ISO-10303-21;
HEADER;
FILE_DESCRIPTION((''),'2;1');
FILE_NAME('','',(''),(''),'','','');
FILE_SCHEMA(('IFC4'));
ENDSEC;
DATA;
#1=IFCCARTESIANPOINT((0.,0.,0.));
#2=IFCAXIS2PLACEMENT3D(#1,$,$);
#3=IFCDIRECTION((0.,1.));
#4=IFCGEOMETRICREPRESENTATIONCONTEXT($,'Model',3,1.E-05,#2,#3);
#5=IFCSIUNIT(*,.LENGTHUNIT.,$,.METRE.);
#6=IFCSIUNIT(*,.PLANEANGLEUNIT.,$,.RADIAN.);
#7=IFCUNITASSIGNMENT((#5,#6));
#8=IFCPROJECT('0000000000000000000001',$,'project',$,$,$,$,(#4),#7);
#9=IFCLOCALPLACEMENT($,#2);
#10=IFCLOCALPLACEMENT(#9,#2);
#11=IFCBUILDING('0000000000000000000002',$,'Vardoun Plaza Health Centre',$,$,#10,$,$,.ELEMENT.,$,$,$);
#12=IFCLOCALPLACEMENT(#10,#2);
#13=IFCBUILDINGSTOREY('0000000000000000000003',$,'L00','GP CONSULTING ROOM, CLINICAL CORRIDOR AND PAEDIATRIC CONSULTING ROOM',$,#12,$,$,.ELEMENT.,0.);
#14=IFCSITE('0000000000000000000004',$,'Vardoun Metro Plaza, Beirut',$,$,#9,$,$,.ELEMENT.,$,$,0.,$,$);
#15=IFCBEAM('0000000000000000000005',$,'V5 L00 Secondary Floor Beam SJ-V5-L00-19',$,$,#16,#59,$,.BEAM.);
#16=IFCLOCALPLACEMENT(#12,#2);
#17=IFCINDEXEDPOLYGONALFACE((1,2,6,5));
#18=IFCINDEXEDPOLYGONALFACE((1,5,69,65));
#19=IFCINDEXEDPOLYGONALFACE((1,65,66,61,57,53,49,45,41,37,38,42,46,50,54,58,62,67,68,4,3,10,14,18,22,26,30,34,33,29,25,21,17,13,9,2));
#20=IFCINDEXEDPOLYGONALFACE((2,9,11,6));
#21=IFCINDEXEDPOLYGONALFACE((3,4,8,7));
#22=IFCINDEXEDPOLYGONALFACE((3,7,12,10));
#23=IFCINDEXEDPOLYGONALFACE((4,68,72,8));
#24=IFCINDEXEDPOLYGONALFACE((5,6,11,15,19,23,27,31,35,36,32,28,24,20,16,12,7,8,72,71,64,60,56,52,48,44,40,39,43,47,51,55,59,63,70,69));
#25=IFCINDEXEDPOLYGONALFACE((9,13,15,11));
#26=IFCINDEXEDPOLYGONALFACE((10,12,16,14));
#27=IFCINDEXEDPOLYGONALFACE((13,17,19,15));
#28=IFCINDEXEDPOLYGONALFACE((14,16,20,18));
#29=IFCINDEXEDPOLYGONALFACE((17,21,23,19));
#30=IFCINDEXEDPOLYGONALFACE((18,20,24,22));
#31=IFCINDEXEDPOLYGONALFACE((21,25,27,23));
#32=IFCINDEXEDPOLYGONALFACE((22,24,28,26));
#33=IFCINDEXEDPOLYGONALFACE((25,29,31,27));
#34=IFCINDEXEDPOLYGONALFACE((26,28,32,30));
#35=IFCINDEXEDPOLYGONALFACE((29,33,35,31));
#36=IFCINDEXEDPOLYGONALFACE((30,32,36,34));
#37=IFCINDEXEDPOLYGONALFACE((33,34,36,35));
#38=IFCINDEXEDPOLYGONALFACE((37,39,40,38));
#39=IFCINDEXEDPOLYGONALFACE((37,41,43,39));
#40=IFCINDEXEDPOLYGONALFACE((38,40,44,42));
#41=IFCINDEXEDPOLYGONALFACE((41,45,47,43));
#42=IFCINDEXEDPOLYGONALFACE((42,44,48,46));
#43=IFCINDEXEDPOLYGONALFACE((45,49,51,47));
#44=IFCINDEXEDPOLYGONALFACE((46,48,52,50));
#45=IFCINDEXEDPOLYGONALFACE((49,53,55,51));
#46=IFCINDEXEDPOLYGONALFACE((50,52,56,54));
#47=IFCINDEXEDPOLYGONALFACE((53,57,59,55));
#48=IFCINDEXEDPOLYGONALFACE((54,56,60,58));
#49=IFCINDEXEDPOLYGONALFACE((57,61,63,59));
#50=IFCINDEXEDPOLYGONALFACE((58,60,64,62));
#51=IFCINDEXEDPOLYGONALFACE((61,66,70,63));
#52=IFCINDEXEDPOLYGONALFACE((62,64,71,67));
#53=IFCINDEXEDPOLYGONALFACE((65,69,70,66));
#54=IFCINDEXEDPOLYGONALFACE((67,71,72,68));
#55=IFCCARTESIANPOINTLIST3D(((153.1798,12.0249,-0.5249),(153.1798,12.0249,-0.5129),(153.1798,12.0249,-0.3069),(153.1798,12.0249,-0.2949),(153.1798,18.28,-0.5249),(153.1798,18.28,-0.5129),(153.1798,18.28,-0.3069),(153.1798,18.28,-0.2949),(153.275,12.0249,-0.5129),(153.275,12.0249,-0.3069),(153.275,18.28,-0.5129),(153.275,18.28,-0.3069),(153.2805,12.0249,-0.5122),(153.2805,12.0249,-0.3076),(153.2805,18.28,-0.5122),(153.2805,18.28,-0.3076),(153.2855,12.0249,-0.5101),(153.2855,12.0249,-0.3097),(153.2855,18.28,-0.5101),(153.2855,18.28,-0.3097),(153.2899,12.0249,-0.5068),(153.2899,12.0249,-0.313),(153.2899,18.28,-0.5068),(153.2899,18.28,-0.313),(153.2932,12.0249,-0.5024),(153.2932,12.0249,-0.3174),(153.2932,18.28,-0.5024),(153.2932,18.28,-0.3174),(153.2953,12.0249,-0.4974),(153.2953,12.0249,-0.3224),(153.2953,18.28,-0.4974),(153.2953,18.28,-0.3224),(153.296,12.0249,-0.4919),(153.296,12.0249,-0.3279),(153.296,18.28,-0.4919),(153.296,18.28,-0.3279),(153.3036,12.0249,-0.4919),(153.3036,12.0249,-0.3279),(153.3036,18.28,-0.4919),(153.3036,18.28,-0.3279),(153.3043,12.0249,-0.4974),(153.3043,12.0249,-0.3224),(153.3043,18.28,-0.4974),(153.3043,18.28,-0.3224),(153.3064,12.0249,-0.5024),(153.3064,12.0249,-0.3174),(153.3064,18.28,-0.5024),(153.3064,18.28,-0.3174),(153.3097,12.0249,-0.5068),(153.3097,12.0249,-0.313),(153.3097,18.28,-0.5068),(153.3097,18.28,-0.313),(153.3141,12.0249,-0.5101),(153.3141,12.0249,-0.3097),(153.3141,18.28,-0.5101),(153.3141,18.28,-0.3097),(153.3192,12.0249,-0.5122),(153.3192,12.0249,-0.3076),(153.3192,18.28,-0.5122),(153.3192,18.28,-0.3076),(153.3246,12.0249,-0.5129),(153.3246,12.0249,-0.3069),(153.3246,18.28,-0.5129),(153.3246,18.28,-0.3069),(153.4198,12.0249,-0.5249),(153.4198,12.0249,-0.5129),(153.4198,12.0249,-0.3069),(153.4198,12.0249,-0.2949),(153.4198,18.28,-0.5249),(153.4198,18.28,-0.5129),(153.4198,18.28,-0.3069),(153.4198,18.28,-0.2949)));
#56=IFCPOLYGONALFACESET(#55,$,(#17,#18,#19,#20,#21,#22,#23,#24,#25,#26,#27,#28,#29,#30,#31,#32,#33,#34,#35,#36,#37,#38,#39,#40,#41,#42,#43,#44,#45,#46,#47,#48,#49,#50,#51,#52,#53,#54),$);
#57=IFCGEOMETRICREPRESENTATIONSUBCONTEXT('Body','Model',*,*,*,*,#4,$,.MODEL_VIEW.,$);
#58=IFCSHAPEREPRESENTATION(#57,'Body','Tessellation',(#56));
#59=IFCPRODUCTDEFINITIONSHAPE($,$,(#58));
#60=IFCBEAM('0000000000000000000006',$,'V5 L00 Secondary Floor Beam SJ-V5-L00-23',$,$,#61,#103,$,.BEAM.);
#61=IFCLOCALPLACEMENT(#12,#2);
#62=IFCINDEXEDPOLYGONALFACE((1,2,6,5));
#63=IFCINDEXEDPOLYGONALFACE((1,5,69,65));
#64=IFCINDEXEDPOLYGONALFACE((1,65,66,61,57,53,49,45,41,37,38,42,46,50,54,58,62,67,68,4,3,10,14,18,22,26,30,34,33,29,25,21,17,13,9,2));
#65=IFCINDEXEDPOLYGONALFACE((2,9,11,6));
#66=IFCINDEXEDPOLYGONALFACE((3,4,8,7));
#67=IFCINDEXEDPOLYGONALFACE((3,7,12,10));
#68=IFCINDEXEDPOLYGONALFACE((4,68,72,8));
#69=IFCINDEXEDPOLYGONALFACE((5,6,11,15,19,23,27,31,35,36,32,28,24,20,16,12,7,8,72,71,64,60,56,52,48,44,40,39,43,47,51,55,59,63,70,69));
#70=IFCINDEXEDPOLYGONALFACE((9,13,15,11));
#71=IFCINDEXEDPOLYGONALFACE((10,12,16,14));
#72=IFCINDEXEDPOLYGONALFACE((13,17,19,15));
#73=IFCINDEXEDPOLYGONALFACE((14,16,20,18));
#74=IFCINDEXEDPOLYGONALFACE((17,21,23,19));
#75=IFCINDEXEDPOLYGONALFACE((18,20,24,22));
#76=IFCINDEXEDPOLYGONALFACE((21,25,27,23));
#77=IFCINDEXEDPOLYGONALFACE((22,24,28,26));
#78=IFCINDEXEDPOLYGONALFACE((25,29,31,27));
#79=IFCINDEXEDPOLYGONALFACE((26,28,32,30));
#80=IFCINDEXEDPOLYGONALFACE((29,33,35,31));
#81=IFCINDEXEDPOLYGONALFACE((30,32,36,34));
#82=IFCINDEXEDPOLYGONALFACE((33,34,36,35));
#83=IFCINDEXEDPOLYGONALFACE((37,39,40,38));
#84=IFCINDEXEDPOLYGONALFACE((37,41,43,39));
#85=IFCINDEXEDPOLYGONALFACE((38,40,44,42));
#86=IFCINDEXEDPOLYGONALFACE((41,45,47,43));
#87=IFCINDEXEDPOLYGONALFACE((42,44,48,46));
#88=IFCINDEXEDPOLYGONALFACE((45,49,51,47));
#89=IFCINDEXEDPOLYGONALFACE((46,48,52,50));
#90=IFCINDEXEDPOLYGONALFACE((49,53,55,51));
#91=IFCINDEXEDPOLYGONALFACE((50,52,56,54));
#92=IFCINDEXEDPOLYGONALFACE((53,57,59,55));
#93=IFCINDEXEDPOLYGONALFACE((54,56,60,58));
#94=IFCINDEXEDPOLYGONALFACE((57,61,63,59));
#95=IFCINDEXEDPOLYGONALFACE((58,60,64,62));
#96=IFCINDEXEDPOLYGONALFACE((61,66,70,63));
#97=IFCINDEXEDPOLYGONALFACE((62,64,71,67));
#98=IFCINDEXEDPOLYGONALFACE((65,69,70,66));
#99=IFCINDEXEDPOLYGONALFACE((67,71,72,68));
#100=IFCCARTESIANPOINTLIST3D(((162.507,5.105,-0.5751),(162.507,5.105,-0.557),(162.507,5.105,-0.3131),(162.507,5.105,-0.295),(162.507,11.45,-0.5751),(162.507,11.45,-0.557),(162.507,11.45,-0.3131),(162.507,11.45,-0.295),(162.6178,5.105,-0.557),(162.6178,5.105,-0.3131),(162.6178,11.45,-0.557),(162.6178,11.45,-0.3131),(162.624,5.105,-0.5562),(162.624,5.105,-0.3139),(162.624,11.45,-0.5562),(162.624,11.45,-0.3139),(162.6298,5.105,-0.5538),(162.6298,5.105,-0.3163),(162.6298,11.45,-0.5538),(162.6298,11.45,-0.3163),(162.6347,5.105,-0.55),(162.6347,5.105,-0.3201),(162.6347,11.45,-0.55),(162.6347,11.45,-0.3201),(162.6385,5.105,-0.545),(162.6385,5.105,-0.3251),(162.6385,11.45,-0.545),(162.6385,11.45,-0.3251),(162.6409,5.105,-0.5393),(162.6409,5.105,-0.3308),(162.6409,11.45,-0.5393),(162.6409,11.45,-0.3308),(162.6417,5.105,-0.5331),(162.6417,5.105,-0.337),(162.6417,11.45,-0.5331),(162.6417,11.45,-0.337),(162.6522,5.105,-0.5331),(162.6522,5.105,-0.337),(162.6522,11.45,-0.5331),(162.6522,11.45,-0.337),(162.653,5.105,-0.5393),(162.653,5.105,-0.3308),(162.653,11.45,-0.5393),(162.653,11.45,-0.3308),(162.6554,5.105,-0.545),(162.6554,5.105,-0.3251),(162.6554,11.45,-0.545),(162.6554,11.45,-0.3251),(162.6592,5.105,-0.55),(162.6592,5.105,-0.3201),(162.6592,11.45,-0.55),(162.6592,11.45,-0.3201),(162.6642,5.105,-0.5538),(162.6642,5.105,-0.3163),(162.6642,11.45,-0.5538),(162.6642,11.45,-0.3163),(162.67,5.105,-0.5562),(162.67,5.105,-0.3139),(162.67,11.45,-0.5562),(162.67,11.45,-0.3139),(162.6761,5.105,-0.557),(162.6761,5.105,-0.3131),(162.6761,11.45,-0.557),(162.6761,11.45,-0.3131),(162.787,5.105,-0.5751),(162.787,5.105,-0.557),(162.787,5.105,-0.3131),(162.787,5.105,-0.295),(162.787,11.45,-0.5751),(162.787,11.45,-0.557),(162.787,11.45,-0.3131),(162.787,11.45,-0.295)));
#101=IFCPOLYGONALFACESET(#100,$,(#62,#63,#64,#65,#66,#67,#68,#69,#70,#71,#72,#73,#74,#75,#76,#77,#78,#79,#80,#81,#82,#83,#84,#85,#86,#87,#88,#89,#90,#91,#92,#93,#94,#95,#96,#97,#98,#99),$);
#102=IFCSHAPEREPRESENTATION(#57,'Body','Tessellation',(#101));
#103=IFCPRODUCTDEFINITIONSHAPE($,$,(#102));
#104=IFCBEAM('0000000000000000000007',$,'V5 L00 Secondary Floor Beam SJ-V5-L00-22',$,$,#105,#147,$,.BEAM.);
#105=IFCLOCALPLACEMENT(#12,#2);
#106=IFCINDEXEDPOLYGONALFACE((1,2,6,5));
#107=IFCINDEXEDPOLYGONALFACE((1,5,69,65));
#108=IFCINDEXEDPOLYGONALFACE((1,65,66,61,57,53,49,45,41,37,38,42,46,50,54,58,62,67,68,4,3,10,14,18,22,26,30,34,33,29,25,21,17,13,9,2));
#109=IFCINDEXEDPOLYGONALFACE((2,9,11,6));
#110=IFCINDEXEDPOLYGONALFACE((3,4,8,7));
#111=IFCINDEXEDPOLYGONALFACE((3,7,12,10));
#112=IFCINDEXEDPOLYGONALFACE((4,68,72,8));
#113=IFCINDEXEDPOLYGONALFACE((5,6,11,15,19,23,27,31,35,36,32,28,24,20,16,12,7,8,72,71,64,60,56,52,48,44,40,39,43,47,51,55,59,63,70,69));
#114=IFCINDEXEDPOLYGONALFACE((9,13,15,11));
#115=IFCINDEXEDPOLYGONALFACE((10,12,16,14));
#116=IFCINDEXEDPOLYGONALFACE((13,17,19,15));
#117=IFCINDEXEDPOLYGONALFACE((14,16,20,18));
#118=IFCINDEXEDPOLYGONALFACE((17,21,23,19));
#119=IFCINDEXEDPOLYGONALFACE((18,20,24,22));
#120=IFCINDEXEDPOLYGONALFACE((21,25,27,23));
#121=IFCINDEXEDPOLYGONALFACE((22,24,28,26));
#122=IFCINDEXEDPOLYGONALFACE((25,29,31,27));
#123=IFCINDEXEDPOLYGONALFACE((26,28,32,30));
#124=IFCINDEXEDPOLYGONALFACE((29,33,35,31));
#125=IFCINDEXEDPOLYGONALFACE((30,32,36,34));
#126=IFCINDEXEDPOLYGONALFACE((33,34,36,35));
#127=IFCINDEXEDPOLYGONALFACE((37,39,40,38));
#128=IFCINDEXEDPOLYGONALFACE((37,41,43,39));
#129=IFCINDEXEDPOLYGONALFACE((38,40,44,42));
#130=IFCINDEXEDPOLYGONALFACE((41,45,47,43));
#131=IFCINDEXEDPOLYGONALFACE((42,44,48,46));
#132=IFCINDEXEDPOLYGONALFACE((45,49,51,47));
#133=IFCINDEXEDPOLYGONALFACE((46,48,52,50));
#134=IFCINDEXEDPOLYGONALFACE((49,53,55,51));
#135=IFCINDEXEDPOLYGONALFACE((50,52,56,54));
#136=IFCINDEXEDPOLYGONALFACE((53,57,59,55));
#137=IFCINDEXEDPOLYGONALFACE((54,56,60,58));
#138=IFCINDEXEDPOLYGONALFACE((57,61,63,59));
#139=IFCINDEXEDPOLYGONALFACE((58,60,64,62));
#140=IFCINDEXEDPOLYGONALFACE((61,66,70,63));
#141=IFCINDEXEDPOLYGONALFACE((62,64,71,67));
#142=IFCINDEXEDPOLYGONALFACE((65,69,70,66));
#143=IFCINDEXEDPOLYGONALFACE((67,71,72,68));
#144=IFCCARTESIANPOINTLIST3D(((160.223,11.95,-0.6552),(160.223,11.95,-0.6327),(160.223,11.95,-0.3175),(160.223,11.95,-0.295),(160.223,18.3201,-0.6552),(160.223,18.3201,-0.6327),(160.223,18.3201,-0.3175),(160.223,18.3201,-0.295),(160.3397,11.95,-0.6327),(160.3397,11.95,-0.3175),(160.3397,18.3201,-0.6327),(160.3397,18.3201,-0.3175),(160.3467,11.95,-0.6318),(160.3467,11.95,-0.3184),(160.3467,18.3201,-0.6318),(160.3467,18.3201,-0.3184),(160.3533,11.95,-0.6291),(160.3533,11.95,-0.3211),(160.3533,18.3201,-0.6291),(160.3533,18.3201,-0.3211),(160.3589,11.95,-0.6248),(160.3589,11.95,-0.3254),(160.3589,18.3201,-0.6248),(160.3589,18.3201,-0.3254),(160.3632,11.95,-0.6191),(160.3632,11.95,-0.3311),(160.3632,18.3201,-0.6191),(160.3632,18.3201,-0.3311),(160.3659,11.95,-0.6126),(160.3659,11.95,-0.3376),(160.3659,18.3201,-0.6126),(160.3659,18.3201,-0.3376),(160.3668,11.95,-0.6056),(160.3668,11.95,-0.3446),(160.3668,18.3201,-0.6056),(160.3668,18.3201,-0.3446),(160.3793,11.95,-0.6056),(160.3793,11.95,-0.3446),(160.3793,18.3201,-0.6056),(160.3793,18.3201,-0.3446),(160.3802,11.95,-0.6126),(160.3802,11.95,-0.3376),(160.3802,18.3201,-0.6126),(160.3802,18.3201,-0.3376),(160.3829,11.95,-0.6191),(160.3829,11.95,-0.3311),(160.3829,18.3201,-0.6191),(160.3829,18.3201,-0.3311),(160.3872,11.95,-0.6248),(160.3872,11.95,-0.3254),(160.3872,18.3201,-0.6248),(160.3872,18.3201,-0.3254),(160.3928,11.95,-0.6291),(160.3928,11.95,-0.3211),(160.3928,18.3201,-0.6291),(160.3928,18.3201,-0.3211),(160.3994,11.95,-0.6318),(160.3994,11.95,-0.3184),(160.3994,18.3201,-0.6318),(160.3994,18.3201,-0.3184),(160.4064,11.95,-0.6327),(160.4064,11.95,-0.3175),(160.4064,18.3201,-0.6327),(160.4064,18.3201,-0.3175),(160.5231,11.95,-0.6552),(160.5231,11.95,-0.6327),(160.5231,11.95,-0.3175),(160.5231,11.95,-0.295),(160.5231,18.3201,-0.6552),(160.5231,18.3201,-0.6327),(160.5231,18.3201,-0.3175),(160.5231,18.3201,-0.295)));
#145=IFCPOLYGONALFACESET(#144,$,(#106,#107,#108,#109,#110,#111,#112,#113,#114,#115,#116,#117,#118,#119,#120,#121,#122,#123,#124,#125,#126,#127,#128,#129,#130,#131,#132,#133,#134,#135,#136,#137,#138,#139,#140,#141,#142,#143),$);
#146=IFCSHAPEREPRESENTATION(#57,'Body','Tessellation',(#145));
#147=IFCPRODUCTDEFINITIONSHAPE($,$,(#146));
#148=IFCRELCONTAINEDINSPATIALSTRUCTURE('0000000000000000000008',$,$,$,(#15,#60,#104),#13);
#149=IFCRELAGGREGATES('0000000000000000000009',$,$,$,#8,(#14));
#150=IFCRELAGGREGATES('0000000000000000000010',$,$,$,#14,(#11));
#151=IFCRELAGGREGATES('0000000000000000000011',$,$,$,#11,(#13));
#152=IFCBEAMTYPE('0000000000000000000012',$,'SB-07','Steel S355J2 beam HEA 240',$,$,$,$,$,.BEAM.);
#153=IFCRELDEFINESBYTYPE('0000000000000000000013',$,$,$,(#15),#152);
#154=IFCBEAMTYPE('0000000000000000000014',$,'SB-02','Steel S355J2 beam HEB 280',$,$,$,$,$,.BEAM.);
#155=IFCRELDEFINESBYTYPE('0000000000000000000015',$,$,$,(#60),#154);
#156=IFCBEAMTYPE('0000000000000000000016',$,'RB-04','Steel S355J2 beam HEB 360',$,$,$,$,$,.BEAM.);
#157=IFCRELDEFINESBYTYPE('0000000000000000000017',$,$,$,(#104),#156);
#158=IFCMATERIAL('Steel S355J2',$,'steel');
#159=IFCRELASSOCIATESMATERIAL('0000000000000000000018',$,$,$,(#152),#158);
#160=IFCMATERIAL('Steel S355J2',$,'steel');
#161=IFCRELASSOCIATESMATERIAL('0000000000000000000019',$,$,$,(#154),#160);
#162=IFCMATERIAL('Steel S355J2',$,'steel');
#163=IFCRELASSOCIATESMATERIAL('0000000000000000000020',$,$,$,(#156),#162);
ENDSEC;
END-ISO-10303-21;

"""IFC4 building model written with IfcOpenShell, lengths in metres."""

from ifc_helpers import new_model, si_unit, direction, frame, origin, origin_2d, place, context, subcontext, project, spatial, i_section, extrude, material, material_profile, profile_set, type_object, element, save


model = new_model("IFC4")

# Units and contexts
model_context = context("Model", 3, precision=1e-05, world=origin(), true_north=direction((0.0, 1.0)))
body_context = subcontext(model_context, "Body", "Model", "MODEL_VIEW")
ifc_project = project(units=[si_unit("LENGTHUNIT", "METRE"), si_unit("PLANEANGLEUNIT", "RADIAN")], contexts=[model_context])

# Site, building, storey
site_placement = place(None, origin())
site = spatial("IfcSite", under=ifc_project, at=site_placement, Name="Vardoun Metro Plaza, Beirut", CompositionType="ELEMENT", RefElevation=0.0)
building_placement = place(site_placement, origin())
building = spatial("IfcBuilding", under=site, at=building_placement, Name="Vardoun Plaza Health Centre", CompositionType="ELEMENT")
storey_placement = place(building_placement, origin())
storey = spatial("IfcBuildingStorey", under=building, at=storey_placement, Name="L00", Description="GP CONSULTING ROOM, CLINICAL CORRIDOR AND PAEDIATRIC CONSULTING ROOM", CompositionType="ELEMENT", Elevation=0.0)

# Beams
ifc_material_1 = material(Name="Steel S355J2", Category="steel")
ifc_material_profile_1 = material_profile(ifc_material_1, i_section(OverallWidth=0.24, OverallDepth=0.23, WebThickness=0.0076, FlangeThickness=0.012, FilletRadius=0.021, at=origin_2d()), Name="HEA 240")
ifc_profile_set_1 = profile_set([ifc_material_profile_1], Name="Steel S355J2")
beam_type_1 = type_object("IfcBeamType", Name="SB-07", Description="Steel S355J2 beam HEA 240", PredefinedType="BEAM", material=ifc_profile_set_1)
beam_1_placement = place(storey_placement, frame((153.2998, 12.0249, -0.4099), z_axis=(0.0, 1.0, 0.0), x_axis=(-1.0, 0.0, 0.0)))
element("IfcBeam", 1, at=beam_1_placement, inside=storey, type_object=beam_type_1, Name="V5 L00 Secondary Floor Beam SJ-V5-L00-19", PredefinedType="BEAM", context=body_context, shape_type="SweptSolid", body=[
    extrude(i_section(OverallWidth=0.24, OverallDepth=0.23, WebThickness=0.0076, FlangeThickness=0.012, FilletRadius=0.021, at=origin_2d()), origin(), (0.0, 0.0, 1.0), 6.2551),
])
ifc_material_2 = material(Name="Steel S355J2", Category="steel")
ifc_material_profile_2 = material_profile(ifc_material_2, i_section(OverallWidth=0.28, OverallDepth=0.28, WebThickness=0.0105, FlangeThickness=0.0181, FilletRadius=0.0239, at=origin_2d()), Name="HEB 280")
ifc_profile_set_2 = profile_set([ifc_material_profile_2], Name="Steel S355J2")
beam_type_2 = type_object("IfcBeamType", Name="SB-02", Description="Steel S355J2 beam HEB 280", PredefinedType="BEAM", material=ifc_profile_set_2)
beam_2_placement = place(storey_placement, frame((162.647, 5.105, -0.4351), z_axis=(0.0, 1.0, 0.0), x_axis=(-1.0, 0.0, 0.0)))
element("IfcBeam", 2, at=beam_2_placement, inside=storey, type_object=beam_type_2, Name="V5 L00 Secondary Floor Beam SJ-V5-L00-23", PredefinedType="BEAM", context=body_context, shape_type="SweptSolid", body=[
    extrude(i_section(OverallWidth=0.28, OverallDepth=0.28, WebThickness=0.0105, FlangeThickness=0.0181, FilletRadius=0.0239, at=origin_2d()), origin(), (0.0, 0.0, 1.0), 6.345),
])
ifc_material_3 = material(Name="Steel S355J2", Category="steel")
ifc_material_profile_3 = material_profile(ifc_material_3, i_section(OverallWidth=0.3, OverallDepth=0.3601, WebThickness=0.0125, FlangeThickness=0.0225, FilletRadius=0.0271, at=origin_2d()), Name="HEB 360")
ifc_profile_set_3 = profile_set([ifc_material_profile_3], Name="Steel S355J2")
beam_type_3 = type_object("IfcBeamType", Name="RB-04", Description="Steel S355J2 beam HEB 360", PredefinedType="BEAM", material=ifc_profile_set_3)
beam_3_placement = place(storey_placement, frame((160.373, 11.95, -0.4751), z_axis=(0.0, 1.0, 0.0), x_axis=(-1.0, 0.0, 0.0)))
element("IfcBeam", 3, at=beam_3_placement, inside=storey, type_object=beam_type_3, Name="V5 L00 Secondary Floor Beam SJ-V5-L00-22", PredefinedType="BEAM", context=body_context, shape_type="SweptSolid", body=[
    extrude(i_section(OverallWidth=0.3, OverallDepth=0.3601, WebThickness=0.0125, FlangeThickness=0.0225, FilletRadius=0.0271, at=origin_2d()), origin(), (0.0, 0.0, 1.0), 6.3701),
])

save(model, "model.ifc")
